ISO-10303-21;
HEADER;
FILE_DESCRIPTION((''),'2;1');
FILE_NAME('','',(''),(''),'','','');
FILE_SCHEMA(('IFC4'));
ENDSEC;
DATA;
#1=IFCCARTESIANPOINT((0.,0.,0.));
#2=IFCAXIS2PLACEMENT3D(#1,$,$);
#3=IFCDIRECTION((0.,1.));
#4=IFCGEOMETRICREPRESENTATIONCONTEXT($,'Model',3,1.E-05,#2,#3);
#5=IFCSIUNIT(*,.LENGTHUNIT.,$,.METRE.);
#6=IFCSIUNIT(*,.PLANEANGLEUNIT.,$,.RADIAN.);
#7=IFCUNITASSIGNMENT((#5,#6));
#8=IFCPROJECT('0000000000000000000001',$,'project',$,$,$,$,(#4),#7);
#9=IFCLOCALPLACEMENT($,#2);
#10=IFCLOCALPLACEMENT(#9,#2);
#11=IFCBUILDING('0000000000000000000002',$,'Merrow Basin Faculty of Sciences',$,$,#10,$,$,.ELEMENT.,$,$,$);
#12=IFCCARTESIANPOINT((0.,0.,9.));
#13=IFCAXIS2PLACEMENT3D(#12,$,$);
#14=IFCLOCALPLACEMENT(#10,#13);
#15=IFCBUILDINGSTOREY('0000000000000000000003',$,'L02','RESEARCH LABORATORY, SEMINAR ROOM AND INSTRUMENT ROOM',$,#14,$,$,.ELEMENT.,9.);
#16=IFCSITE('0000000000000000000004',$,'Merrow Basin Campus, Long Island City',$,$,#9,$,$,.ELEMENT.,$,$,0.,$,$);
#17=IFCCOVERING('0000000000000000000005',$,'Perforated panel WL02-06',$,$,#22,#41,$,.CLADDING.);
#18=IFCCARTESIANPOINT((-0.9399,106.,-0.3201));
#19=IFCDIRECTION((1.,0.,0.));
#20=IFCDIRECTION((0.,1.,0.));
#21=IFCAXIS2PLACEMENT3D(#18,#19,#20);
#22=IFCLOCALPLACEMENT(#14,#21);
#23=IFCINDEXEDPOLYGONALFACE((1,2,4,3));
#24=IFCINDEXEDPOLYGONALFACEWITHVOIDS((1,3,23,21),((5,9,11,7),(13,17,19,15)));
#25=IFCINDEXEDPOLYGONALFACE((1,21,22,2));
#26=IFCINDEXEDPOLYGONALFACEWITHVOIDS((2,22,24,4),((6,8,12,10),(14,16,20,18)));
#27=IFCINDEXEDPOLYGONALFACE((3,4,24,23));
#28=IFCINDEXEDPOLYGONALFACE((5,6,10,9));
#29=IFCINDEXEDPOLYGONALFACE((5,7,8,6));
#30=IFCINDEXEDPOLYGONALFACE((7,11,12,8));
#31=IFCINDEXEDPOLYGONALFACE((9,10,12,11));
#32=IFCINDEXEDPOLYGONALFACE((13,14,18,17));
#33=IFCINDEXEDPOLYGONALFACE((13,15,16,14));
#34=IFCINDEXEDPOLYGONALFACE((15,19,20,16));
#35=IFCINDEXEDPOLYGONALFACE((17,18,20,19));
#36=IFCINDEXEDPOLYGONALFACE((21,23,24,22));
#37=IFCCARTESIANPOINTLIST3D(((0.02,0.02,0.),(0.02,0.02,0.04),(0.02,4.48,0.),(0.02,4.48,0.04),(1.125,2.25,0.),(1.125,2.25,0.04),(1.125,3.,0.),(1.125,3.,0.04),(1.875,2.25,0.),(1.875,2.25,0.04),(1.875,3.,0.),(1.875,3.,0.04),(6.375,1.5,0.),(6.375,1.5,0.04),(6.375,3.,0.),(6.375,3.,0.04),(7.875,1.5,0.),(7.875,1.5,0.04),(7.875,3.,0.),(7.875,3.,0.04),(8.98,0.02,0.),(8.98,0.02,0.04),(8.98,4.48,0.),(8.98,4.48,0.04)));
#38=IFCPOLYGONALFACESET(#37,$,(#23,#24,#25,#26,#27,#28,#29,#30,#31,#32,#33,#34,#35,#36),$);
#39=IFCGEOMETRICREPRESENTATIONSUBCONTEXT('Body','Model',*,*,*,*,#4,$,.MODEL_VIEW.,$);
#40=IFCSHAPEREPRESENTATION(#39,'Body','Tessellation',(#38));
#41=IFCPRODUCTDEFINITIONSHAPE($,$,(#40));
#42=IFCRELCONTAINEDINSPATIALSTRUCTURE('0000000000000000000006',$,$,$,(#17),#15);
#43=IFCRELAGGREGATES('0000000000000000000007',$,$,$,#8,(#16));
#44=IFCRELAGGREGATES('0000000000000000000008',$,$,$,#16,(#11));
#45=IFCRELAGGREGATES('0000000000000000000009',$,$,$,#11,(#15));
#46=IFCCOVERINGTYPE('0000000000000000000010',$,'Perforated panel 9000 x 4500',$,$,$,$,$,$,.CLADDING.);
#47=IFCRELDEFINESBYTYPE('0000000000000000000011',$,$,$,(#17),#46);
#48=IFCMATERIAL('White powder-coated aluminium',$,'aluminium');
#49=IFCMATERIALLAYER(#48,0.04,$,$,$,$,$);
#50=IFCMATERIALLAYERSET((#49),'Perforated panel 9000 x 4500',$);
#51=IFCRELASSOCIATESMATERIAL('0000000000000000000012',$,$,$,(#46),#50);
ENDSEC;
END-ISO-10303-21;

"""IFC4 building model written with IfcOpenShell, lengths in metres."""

from ifc_helpers import new_model, si_unit, direction, frame, origin, place, context, subcontext, project, spatial, polyline, outline, extrude, source, transform, mapped, material, layer, layer_set, type_object, element, save


model = new_model("IFC4")

# Units and contexts
model_context = context("Model", 3, precision=1e-05, world=origin(), true_north=direction((0.0, 1.0)))
body_context = subcontext(model_context, "Body", "Model", "MODEL_VIEW")
ifc_project = project(units=[si_unit("LENGTHUNIT", "METRE"), si_unit("PLANEANGLEUNIT", "RADIAN")], contexts=[model_context])

# Site, building, storey
site_placement = place(None, origin())
site = spatial("IfcSite", under=ifc_project, at=site_placement, Name="Merrow Basin Campus, Long Island City", CompositionType="ELEMENT", RefElevation=0.0)
building_placement = place(site_placement, origin())
building = spatial("IfcBuilding", under=site, at=building_placement, Name="Merrow Basin Faculty of Sciences", CompositionType="ELEMENT")
storey_placement = place(building_placement, frame((0.0, 0.0, 9.0)))
storey = spatial("IfcBuildingStorey", under=building, at=storey_placement, Name="L02", Description="RESEARCH LABORATORY, SEMINAR ROOM AND INSTRUMENT ROOM", CompositionType="ELEMENT", Elevation=9.0)

# Covering
ifc_material_1 = material(Name="White powder-coated aluminium", Category="aluminium")
ifc_layer_1 = layer(ifc_material_1, 0.04)
ifc_layer_set_1 = layer_set([ifc_layer_1], Name="Perforated panel 9000 x 4500")
covering_type = type_object("IfcCoveringType", Name="Perforated panel 9000 x 4500", PredefinedType="CLADDING", material=ifc_layer_set_1)
shared_shape_1 = source(origin(), body_context, "Body", "SweptSolid", [
    extrude(outline(polyline([(0.02, 0.02), (8.98, 0.02), (8.98, 4.48), (0.02, 4.48), (0.02, 0.02)]), holes=[polyline([(6.375, 1.5), (7.875, 1.5), (7.875, 3.0), (6.375, 3.0), (6.375, 1.5)]), polyline([(1.125, 2.25), (1.875, 2.25), (1.875, 3.0), (1.125, 3.0), (1.125, 2.25)])]), origin(), (0.0, 0.0, 1.0), 0.04),
])
covering_placement = place(storey_placement, frame((-0.9399, 106.0, -0.3201), z_axis=(1.0, 0.0, 0.0), x_axis=(0.0, 1.0, 0.0)))
element("IfcCovering", 1, at=covering_placement, inside=storey, type_object=covering_type, Name="Perforated panel WL02-06", PredefinedType="CLADDING", context=body_context, shape_type="MappedRepresentation", body=[
    mapped(shared_shape_1, transform((0.0, 0.0, 0.0), scale=1.0)),
])

save(model, "model.ifc")
